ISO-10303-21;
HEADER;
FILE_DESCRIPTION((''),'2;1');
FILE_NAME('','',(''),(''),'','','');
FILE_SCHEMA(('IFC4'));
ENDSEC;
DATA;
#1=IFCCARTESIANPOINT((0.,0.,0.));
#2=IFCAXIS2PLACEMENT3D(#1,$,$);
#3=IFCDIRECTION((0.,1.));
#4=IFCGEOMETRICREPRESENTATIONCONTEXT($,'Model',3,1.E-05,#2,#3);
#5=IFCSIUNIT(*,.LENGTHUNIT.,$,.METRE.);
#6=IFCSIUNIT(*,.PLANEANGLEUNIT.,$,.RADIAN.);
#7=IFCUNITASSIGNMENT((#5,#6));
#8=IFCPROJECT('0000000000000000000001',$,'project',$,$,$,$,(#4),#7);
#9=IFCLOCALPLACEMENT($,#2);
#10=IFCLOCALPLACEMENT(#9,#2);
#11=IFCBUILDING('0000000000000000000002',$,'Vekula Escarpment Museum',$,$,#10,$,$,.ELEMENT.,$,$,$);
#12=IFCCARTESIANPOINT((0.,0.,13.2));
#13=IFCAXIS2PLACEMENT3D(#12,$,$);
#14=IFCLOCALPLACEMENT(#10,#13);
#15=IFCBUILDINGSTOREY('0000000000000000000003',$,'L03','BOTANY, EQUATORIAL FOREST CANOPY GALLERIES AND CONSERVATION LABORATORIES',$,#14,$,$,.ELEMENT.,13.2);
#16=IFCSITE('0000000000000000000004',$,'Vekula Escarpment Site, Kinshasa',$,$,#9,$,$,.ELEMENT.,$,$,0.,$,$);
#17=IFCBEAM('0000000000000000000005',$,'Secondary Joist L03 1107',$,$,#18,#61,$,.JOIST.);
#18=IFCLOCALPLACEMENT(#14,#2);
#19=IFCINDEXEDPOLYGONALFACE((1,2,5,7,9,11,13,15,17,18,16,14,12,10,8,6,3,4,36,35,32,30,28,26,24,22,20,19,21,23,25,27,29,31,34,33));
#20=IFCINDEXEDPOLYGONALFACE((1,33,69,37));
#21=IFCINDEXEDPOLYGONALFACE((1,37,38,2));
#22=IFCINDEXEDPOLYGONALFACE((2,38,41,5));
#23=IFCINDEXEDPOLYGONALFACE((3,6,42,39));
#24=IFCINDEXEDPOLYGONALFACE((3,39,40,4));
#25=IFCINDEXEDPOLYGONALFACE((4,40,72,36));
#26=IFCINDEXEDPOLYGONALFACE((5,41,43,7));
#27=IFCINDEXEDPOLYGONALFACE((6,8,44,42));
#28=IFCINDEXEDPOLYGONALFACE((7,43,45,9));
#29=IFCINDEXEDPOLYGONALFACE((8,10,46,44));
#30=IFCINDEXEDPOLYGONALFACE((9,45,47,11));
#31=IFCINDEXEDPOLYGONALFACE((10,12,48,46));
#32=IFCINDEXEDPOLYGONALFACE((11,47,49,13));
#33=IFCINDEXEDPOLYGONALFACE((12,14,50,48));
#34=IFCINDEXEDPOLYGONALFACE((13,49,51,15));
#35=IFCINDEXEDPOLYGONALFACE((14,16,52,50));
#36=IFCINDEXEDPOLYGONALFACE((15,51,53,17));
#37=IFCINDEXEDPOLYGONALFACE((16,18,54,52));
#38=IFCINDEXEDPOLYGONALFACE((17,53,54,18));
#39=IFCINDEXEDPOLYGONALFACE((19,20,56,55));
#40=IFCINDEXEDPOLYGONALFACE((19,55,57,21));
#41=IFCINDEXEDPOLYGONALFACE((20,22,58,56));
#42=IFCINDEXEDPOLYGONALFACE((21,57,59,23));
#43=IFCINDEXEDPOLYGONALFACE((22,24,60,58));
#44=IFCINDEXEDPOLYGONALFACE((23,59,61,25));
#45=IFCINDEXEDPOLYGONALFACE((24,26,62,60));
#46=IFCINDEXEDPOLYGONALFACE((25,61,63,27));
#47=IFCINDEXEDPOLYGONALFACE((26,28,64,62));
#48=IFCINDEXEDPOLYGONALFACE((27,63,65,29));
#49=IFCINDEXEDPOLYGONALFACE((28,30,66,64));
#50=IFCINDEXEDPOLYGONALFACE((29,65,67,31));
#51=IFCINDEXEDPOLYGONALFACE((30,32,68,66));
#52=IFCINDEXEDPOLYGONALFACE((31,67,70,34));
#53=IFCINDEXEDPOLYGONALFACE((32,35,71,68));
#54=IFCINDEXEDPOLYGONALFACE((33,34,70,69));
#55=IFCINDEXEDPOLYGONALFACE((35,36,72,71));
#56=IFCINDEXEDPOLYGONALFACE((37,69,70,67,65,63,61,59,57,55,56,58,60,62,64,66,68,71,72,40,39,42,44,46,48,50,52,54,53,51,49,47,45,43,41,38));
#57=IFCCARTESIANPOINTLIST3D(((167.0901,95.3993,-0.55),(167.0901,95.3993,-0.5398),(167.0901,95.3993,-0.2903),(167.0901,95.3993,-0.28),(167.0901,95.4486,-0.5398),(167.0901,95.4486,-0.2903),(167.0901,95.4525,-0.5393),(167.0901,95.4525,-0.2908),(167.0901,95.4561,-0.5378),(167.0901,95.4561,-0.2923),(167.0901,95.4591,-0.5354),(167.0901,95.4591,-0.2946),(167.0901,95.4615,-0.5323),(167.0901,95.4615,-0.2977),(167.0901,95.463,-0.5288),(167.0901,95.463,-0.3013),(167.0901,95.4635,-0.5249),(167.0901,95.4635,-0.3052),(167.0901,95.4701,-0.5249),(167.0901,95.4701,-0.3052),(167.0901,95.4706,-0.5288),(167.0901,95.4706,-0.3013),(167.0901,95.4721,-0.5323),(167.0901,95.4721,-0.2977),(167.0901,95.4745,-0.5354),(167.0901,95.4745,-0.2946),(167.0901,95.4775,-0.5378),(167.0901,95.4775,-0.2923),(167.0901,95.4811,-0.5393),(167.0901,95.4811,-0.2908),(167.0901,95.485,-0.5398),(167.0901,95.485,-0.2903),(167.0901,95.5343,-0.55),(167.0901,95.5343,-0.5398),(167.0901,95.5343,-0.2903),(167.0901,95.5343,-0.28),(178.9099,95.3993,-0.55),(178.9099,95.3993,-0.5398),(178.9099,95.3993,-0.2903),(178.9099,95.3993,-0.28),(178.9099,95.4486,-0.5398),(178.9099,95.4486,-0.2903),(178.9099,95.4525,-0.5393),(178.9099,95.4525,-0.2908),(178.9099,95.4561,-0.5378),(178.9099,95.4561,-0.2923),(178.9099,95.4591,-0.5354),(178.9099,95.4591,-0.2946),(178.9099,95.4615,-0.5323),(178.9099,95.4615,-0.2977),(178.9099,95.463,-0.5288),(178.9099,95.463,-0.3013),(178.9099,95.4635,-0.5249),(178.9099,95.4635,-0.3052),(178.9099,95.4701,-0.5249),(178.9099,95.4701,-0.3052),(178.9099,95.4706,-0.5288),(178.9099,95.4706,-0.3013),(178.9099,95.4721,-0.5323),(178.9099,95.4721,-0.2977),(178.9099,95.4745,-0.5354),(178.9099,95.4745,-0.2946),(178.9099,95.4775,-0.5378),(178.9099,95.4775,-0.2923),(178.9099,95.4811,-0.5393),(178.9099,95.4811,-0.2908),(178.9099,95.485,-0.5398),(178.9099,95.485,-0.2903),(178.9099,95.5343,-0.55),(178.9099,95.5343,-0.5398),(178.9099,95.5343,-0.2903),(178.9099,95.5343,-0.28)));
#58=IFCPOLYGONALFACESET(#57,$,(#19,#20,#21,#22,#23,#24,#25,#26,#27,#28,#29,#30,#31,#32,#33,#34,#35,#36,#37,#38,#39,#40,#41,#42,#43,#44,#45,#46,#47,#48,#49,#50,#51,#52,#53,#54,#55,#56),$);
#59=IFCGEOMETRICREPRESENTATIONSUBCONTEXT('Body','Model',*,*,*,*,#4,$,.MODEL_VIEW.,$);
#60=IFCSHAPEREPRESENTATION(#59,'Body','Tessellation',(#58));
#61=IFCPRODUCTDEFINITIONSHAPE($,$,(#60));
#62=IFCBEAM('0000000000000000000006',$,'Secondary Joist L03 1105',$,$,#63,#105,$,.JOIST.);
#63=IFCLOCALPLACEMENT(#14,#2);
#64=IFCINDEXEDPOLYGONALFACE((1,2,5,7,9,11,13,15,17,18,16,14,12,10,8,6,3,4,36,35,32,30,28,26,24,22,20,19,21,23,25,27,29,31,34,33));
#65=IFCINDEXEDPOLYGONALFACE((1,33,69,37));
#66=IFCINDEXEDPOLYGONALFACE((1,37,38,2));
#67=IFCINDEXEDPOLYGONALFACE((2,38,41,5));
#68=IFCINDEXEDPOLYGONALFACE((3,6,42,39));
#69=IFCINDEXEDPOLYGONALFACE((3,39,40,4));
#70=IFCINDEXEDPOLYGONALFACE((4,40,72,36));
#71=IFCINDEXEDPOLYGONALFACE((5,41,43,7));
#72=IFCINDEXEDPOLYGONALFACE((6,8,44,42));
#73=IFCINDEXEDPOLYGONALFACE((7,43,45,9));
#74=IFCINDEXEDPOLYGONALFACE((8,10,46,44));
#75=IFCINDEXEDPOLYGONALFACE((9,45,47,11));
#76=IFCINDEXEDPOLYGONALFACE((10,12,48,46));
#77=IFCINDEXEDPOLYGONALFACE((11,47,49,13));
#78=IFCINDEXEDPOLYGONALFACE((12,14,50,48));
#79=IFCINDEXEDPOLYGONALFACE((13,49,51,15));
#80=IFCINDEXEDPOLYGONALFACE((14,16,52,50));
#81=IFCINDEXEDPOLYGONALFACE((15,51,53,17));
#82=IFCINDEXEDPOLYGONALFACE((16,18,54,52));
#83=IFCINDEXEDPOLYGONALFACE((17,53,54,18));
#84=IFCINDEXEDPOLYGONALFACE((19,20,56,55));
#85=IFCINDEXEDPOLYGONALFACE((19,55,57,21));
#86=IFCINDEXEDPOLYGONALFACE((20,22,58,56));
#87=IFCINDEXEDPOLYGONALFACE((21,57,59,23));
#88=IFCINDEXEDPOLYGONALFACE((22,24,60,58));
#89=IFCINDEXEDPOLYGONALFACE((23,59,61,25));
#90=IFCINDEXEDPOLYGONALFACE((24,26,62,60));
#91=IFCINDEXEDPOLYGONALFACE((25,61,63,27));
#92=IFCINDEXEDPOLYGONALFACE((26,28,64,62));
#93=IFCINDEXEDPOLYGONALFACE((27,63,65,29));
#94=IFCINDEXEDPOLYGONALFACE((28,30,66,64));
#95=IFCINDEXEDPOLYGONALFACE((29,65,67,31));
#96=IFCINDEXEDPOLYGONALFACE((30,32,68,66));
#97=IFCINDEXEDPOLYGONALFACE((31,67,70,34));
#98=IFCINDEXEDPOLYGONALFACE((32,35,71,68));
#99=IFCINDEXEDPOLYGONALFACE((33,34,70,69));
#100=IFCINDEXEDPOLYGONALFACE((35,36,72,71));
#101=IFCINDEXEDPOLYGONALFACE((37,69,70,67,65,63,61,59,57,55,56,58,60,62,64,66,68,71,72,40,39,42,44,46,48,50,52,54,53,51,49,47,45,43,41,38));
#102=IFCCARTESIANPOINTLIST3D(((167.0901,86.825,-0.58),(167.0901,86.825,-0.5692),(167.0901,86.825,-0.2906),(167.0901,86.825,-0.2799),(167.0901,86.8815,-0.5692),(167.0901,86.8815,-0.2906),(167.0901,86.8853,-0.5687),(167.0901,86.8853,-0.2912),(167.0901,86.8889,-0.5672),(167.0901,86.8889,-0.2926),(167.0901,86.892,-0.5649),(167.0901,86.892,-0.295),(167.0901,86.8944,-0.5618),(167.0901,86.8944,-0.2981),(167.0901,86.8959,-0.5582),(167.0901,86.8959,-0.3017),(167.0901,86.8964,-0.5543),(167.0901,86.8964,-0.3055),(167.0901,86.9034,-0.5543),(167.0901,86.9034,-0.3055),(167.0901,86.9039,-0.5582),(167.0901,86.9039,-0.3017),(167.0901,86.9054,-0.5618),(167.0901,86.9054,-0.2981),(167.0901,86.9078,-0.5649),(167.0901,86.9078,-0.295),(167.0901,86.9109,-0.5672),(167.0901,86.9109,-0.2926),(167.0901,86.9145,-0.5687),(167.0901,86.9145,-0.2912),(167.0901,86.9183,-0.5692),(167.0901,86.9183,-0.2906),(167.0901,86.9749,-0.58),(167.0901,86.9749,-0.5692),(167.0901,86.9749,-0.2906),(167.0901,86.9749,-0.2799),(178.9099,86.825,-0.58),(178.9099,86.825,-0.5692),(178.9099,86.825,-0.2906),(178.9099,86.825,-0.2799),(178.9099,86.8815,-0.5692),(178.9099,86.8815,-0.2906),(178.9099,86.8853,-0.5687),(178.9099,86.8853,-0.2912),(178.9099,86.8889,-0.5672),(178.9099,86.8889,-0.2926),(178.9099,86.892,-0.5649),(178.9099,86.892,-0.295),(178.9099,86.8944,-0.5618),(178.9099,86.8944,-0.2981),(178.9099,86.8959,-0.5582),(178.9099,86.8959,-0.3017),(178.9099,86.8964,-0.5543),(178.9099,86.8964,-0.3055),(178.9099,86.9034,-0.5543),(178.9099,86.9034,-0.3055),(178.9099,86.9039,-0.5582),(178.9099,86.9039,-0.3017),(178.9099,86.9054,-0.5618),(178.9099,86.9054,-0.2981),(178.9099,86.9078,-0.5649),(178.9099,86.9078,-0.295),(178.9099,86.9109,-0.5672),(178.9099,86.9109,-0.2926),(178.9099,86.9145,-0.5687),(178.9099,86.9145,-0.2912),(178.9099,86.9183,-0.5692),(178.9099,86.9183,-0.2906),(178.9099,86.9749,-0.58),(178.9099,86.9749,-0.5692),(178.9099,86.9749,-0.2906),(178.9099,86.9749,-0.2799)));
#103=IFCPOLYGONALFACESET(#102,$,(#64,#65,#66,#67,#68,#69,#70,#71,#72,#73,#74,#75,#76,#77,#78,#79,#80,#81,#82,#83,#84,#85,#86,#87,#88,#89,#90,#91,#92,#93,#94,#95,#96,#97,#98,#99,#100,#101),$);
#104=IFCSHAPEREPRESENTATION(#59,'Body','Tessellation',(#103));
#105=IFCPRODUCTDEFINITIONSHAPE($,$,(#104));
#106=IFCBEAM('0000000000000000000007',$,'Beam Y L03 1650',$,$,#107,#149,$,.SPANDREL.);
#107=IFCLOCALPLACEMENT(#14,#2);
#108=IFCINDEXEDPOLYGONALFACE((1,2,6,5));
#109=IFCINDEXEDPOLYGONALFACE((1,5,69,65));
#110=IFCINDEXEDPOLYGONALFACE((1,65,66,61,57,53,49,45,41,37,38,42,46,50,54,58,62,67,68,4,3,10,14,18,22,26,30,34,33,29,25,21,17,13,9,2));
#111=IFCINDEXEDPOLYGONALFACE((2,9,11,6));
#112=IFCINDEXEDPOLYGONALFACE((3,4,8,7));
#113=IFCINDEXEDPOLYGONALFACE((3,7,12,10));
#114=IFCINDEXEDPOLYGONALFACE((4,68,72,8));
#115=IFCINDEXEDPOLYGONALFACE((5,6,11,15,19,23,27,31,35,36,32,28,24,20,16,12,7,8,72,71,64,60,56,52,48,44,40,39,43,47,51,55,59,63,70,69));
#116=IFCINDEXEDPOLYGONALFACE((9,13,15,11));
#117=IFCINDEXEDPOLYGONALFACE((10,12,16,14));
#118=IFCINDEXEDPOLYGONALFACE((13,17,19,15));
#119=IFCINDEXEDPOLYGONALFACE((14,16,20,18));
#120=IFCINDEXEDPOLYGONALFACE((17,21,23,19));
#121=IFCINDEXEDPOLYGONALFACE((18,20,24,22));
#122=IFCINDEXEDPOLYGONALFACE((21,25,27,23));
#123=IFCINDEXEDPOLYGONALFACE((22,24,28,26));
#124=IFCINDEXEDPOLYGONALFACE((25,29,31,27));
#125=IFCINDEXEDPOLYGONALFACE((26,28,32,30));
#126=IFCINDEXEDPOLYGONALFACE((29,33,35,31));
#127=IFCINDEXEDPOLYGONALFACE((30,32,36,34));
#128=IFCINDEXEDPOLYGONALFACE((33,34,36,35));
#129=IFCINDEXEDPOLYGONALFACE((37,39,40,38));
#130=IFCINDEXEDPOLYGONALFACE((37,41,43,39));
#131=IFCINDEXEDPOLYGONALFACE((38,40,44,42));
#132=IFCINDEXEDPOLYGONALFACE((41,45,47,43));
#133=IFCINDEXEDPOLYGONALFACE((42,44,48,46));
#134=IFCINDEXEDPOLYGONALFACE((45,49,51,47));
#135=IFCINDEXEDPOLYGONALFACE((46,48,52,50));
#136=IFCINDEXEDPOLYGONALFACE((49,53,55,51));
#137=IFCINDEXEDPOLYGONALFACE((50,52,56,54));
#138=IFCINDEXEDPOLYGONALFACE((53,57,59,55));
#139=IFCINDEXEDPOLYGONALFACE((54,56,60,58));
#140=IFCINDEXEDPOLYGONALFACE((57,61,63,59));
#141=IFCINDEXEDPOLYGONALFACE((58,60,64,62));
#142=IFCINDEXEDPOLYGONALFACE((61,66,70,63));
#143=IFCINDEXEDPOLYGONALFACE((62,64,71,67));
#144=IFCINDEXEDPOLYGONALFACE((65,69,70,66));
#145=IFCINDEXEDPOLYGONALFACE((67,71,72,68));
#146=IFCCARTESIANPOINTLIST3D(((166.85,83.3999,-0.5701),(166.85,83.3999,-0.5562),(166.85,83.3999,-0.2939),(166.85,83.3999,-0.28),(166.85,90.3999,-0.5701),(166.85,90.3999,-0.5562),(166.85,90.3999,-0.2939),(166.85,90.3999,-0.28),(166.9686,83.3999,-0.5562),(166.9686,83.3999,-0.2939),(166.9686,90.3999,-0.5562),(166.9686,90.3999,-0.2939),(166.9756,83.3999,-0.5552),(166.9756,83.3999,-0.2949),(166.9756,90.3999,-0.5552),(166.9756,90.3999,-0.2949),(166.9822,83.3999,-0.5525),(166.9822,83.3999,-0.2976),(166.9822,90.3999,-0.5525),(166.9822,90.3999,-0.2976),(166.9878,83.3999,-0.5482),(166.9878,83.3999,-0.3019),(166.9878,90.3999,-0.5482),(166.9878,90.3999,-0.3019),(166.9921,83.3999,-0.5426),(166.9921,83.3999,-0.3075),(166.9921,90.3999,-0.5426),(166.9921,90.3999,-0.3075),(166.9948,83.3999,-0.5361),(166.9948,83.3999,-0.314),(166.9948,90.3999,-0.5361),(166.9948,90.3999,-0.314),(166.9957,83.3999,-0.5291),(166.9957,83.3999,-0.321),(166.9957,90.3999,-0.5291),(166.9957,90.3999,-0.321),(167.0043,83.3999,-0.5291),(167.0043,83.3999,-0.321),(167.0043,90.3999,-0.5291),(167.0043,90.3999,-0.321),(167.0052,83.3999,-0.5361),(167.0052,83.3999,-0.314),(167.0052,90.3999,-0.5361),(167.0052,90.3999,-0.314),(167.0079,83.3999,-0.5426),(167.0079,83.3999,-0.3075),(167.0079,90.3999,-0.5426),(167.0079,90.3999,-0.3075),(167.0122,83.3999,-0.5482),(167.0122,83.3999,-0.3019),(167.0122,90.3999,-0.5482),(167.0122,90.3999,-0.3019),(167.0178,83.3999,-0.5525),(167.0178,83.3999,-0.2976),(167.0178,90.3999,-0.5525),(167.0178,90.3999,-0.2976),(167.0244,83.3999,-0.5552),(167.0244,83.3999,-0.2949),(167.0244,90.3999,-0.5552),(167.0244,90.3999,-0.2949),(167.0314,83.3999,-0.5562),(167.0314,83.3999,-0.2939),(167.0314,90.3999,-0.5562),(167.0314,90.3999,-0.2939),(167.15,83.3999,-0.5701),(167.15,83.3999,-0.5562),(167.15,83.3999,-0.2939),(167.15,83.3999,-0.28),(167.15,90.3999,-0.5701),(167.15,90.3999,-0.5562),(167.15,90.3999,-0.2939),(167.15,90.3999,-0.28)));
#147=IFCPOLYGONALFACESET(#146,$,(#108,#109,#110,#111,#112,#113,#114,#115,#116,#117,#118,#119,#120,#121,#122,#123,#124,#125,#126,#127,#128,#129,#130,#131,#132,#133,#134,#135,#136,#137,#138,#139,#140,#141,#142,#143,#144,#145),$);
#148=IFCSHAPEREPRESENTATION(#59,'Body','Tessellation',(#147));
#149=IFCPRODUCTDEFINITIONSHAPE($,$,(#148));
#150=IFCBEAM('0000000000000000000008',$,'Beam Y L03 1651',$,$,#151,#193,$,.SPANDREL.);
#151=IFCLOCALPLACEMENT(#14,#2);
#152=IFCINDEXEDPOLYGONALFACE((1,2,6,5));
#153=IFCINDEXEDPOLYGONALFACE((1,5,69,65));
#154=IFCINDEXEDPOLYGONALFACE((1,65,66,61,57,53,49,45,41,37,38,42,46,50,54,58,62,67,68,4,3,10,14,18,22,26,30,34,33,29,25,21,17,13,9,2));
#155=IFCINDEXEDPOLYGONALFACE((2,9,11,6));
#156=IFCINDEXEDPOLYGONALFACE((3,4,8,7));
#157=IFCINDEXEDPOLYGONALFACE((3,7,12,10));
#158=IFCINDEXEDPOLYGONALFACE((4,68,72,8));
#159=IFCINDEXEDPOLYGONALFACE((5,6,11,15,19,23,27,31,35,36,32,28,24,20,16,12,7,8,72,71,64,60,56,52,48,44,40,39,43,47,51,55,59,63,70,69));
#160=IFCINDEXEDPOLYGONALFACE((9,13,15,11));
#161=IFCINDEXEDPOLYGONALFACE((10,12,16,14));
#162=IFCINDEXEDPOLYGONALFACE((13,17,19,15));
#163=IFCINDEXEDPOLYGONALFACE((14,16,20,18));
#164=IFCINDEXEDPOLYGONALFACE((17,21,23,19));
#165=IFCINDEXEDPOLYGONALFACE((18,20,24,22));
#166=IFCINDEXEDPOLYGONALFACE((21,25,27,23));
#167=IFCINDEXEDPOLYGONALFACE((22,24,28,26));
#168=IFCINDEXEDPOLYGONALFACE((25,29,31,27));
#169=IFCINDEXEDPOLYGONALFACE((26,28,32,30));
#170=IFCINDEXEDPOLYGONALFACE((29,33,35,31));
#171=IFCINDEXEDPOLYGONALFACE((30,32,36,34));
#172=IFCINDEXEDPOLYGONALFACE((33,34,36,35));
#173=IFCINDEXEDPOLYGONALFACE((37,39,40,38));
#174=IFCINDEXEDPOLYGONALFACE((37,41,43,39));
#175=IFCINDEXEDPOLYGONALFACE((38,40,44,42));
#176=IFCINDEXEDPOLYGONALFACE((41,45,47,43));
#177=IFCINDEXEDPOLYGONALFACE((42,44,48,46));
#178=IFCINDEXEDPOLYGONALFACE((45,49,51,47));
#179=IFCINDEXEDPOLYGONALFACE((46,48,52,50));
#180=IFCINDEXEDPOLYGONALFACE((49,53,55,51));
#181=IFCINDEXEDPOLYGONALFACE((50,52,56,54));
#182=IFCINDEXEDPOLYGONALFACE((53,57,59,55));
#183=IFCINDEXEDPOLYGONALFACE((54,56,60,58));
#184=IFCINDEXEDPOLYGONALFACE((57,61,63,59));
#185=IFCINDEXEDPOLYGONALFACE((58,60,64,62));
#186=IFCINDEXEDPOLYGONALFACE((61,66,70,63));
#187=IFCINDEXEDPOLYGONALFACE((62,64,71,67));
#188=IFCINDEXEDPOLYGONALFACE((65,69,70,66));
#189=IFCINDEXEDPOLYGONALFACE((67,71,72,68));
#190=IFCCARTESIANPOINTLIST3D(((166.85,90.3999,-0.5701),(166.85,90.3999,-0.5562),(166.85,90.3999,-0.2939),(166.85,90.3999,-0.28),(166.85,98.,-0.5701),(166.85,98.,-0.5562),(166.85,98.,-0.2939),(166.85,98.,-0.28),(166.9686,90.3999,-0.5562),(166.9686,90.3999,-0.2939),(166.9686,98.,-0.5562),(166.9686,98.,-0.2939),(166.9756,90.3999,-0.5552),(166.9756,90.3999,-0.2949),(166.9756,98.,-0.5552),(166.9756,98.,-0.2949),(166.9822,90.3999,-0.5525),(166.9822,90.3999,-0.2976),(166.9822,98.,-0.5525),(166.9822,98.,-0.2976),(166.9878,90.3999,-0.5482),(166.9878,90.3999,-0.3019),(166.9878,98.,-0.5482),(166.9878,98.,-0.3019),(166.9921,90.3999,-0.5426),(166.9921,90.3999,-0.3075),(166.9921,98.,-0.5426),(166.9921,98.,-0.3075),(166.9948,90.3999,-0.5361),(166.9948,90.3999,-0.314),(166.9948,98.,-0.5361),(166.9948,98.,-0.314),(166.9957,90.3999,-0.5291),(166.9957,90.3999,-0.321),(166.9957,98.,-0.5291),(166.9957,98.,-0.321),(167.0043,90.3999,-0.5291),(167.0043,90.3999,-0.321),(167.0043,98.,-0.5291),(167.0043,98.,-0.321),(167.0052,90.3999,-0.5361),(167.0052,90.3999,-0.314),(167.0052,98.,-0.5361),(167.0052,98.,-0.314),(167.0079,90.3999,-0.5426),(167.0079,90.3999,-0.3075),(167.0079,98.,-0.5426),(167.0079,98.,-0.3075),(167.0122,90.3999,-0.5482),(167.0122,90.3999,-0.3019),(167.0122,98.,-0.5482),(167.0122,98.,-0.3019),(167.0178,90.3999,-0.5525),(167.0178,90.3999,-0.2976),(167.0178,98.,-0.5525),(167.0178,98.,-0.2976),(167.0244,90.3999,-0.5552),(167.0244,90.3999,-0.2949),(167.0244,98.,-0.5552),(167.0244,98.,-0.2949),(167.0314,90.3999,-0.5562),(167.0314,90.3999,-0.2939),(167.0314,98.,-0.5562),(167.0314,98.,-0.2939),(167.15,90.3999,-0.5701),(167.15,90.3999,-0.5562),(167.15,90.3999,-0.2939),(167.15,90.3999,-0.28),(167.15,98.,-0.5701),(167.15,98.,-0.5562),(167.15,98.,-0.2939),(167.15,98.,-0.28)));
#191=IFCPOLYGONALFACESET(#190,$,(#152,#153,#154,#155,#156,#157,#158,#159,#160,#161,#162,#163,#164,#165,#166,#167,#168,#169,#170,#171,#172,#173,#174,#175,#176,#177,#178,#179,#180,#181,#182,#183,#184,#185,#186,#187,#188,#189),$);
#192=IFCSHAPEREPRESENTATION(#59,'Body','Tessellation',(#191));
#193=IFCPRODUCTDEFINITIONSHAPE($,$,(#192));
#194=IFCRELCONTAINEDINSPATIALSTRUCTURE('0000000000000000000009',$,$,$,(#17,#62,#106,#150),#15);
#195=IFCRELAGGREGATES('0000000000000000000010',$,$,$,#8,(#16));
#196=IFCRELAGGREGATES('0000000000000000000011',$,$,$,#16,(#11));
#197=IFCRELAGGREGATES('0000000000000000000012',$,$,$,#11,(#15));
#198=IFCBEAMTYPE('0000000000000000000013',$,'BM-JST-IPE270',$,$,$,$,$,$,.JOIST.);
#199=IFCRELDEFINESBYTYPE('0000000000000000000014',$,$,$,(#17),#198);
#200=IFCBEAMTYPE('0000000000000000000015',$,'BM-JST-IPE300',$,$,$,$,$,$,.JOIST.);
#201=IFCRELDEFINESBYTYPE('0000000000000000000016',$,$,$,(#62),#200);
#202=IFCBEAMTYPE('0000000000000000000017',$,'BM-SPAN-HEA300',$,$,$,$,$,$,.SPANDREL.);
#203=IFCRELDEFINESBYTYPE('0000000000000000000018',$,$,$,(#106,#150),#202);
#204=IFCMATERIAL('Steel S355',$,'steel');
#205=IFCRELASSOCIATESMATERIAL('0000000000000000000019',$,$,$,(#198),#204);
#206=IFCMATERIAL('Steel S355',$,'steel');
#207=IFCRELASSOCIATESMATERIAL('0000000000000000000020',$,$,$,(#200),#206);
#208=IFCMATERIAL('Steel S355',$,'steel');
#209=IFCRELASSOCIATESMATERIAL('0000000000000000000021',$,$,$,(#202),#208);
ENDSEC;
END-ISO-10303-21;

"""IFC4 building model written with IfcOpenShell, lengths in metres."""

from ifc_helpers import new_model, si_unit, direction, frame, origin, origin_2d, place, context, subcontext, project, spatial, i_section, extrude, material, material_profile, profile_set, type_object, element, save


model = new_model("IFC4")

# Units and contexts
model_context = context("Model", 3, precision=1e-05, world=origin(), true_north=direction((0.0, 1.0)))
body_context = subcontext(model_context, "Body", "Model", "MODEL_VIEW")
ifc_project = project(units=[si_unit("LENGTHUNIT", "METRE"), si_unit("PLANEANGLEUNIT", "RADIAN")], contexts=[model_context])

# Site, building, storey
site_placement = place(None, origin())
site = spatial("IfcSite", under=ifc_project, at=site_placement, Name="Vekula Escarpment Site, Kinshasa", CompositionType="ELEMENT", RefElevation=0.0)
building_placement = place(site_placement, origin())
building = spatial("IfcBuilding", under=site, at=building_placement, Name="Vekula Escarpment Museum", CompositionType="ELEMENT")
storey_placement = place(building_placement, frame((0.0, 0.0, 13.2)))
storey = spatial("IfcBuildingStorey", under=building, at=storey_placement, Name="L03", Description="BOTANY, EQUATORIAL FOREST CANOPY GALLERIES AND CONSERVATION LABORATORIES", CompositionType="ELEMENT", Elevation=13.2)

# Beams
ifc_material_1 = material(Name="Steel S355", Category="steel")
ifc_material_profile_1 = material_profile(ifc_material_1, i_section(OverallWidth=0.135, OverallDepth=0.27, WebThickness=0.0066, FlangeThickness=0.0103, FilletRadius=0.0149, at=origin_2d()), Name="IPE 270")
ifc_profile_set_1 = profile_set([ifc_material_profile_1], Name="Steel S355")
beam_type_1 = type_object("IfcBeamType", Name="BM-JST-IPE270", PredefinedType="JOIST", material=ifc_profile_set_1)
for number, where, z_axis, x_axis, name in (
    (1, (167.0901, 95.4668, -0.415), (1.0, 0.0, 0.0), (0.0, 1.0, 0.0), "Secondary Joist L03 1107"),
):
    element("IfcBeam", number, at=place(storey_placement, frame(where, z_axis=z_axis, x_axis=x_axis)), inside=storey, type_object=beam_type_1, Name=name, PredefinedType="JOIST", context=body_context, shape_type="SweptSolid", body=[
        extrude(i_section(OverallWidth=0.135, OverallDepth=0.27, WebThickness=0.0066, FlangeThickness=0.0103, FilletRadius=0.0149, at=origin_2d()), origin(), (0.0, 0.0, 1.0), 11.8198),
    ])
ifc_material_2 = material(Name="Steel S355", Category="steel")
ifc_material_profile_2 = material_profile(ifc_material_2, i_section(OverallWidth=0.1499, OverallDepth=0.3, WebThickness=0.0071, FlangeThickness=0.0107, FilletRadius=0.0149, at=origin_2d()), Name="IPE 300")
ifc_profile_set_2 = profile_set([ifc_material_profile_2], Name="Steel S355")
beam_type_2 = type_object("IfcBeamType", Name="BM-JST-IPE300", PredefinedType="JOIST", material=ifc_profile_set_2)
beam_1_placement = place(storey_placement, frame((167.0901, 86.8999, -0.4299), z_axis=(1.0, 0.0, 0.0), x_axis=(0.0, 1.0, 0.0)))
element("IfcBeam", 2, at=beam_1_placement, inside=storey, type_object=beam_type_2, Name="Secondary Joist L03 1105", PredefinedType="JOIST", context=body_context, shape_type="SweptSolid", body=[
    extrude(i_section(OverallWidth=0.1499, OverallDepth=0.3, WebThickness=0.0071, FlangeThickness=0.0107, FilletRadius=0.0149, at=origin_2d()), origin(), (0.0, 0.0, 1.0), 11.8198),
])
ifc_material_3 = material(Name="Steel S355", Category="steel")
ifc_material_profile_3 = material_profile(ifc_material_3, i_section(OverallWidth=0.3, OverallDepth=0.29, WebThickness=0.0085, FlangeThickness=0.0139, FilletRadius=0.0271, at=origin_2d()), Name="HEA 300")
ifc_profile_set_3 = profile_set([ifc_material_profile_3], Name="Steel S355")
beam_type_3 = type_object("IfcBeamType", Name="BM-SPAN-HEA300", PredefinedType="SPANDREL", material=ifc_profile_set_3)
beam_2_placement = place(storey_placement, frame((167.0, 83.3999, -0.425), z_axis=(0.0, 1.0, 0.0), x_axis=(-1.0, 0.0, 0.0)))
element("IfcBeam", 3, at=beam_2_placement, inside=storey, type_object=beam_type_3, Name="Beam Y L03 1650", PredefinedType="SPANDREL", context=body_context, shape_type="SweptSolid", body=[
    extrude(i_section(OverallWidth=0.3, OverallDepth=0.29, WebThickness=0.0085, FlangeThickness=0.0139, FilletRadius=0.0271, at=origin_2d()), origin(), (0.0, 0.0, 1.0), 7.0),
])
for number, where, z_axis, x_axis, name in (
    (4, (167.0, 90.3999, -0.425), (0.0, 1.0, 0.0), (-1.0, 0.0, 0.0), "Beam Y L03 1651"),
):
    element("IfcBeam", number, at=place(storey_placement, frame(where, z_axis=z_axis, x_axis=x_axis)), inside=storey, type_object=beam_type_3, Name=name, PredefinedType="SPANDREL", context=body_context, shape_type="SweptSolid", body=[
        extrude(i_section(OverallWidth=0.3, OverallDepth=0.29, WebThickness=0.0085, FlangeThickness=0.0139, FilletRadius=0.0271, at=origin_2d()), origin(), (0.0, 0.0, 1.0), 7.6001),
    ])

save(model, "model.ifc")
